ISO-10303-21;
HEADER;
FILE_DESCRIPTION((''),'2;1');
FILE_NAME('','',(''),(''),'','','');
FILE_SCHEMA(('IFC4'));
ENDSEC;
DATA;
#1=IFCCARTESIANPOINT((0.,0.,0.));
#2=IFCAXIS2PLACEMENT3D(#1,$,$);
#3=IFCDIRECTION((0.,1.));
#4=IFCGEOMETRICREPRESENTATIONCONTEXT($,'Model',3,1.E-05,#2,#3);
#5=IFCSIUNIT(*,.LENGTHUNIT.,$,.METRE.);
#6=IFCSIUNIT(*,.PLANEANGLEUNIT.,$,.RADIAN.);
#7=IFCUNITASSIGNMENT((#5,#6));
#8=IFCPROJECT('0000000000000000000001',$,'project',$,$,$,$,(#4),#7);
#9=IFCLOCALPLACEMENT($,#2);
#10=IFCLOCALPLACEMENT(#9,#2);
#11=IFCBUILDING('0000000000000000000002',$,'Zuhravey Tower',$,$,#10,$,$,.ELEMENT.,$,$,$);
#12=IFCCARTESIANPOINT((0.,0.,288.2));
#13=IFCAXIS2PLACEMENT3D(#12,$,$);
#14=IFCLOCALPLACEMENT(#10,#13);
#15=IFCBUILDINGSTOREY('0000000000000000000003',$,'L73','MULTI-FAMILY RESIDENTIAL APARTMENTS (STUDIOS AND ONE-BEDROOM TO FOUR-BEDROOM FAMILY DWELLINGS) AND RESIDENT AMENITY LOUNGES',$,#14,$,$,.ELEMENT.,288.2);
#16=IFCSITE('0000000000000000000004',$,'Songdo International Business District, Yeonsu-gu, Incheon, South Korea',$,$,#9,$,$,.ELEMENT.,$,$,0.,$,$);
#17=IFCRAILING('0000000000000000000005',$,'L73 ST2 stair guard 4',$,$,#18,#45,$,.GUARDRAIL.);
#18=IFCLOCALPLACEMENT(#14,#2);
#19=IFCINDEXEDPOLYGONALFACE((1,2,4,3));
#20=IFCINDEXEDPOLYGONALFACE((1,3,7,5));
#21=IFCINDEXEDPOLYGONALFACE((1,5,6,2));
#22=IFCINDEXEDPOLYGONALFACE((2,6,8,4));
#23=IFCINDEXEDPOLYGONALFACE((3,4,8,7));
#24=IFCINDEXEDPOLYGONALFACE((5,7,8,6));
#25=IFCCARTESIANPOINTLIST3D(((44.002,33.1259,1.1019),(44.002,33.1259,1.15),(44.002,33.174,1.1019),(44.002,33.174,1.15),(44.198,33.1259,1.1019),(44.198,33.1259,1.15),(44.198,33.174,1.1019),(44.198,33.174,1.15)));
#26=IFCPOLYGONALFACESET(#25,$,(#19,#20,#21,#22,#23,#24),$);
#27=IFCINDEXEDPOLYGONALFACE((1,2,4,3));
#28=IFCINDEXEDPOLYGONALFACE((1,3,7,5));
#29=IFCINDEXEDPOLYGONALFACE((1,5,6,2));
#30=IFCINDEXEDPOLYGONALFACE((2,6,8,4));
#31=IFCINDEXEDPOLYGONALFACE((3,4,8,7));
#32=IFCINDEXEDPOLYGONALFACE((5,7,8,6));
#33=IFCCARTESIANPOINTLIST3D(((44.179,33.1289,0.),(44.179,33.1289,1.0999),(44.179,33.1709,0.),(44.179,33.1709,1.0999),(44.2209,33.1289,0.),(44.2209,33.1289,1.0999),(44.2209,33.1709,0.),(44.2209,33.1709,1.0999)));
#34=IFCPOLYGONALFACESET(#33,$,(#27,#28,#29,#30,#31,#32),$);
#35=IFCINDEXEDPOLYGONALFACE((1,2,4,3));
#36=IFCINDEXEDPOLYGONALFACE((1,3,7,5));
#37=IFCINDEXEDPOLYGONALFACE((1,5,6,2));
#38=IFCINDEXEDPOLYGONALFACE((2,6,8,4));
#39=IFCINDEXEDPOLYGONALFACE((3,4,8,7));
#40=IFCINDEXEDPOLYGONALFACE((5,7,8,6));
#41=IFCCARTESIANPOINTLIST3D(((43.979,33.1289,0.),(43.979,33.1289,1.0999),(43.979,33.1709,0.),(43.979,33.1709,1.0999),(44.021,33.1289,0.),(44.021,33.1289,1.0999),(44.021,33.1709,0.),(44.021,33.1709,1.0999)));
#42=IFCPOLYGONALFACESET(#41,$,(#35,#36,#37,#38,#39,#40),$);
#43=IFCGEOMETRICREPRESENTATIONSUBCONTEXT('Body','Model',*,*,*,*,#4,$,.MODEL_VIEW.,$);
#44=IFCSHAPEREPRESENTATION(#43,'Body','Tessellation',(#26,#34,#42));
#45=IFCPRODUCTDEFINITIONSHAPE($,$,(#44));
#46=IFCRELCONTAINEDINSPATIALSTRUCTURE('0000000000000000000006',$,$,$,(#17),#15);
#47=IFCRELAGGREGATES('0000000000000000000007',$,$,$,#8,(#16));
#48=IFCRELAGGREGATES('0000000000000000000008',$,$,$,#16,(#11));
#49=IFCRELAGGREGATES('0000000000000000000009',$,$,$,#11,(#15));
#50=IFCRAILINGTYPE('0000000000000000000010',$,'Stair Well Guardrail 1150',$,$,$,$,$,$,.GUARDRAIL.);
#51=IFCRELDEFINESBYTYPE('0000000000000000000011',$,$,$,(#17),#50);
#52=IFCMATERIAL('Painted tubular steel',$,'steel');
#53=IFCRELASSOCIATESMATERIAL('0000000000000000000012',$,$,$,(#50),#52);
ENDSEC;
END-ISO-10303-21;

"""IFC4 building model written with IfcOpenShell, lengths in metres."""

from ifc_helpers import new_model, si_unit, direction, frame, origin, origin_2d, place, context, subcontext, project, spatial, rectangle, extrude, material, type_object, element, save


model = new_model("IFC4")

# Units and contexts
model_context = context("Model", 3, precision=1e-05, world=origin(), true_north=direction((0.0, 1.0)))
body_context = subcontext(model_context, "Body", "Model", "MODEL_VIEW")
ifc_project = project(units=[si_unit("LENGTHUNIT", "METRE"), si_unit("PLANEANGLEUNIT", "RADIAN")], contexts=[model_context])

# Site, building, storey
site_placement = place(None, origin())
site = spatial("IfcSite", under=ifc_project, at=site_placement, Name="Songdo International Business District, Yeonsu-gu, Incheon, South Korea", CompositionType="ELEMENT", RefElevation=0.0)
building_placement = place(site_placement, origin())
building = spatial("IfcBuilding", under=site, at=building_placement, Name="Zuhravey Tower", CompositionType="ELEMENT")
storey_placement = place(building_placement, frame((0.0, 0.0, 288.2)))
storey = spatial("IfcBuildingStorey", under=building, at=storey_placement, Name="L73", Description="MULTI-FAMILY RESIDENTIAL APARTMENTS (STUDIOS AND ONE-BEDROOM TO FOUR-BEDROOM FAMILY DWELLINGS) AND RESIDENT AMENITY LOUNGES", CompositionType="ELEMENT", Elevation=288.2)

# Railing
ifc_material_1 = material(Name="Painted tubular steel", Category="steel")
railing_type = type_object("IfcRailingType", Name="Stair Well Guardrail 1150", PredefinedType="GUARDRAIL", material=ifc_material_1)
railing_placement = place(storey_placement, frame((44.2, 33.1499, 0.0)))
element("IfcRailing", 1, at=railing_placement, inside=storey, type_object=railing_type, Name="L73 ST2 stair guard 4", PredefinedType="GUARDRAIL", context=body_context, shape_type="SweptSolid", body=[
    extrude(rectangle(XDim=0.0481, YDim=0.0481, at=origin_2d()), frame((-0.002, 0.0, 1.126), z_axis=(-1.0, 0.0, 0.0), x_axis=(0.0, -1.0, 0.0)), (0.0, 0.0, 1.0), 0.196),
    extrude(rectangle(XDim=0.042, YDim=0.042, at=origin_2d()), origin(), (0.0, 0.0, 1.0), 1.0999),
    extrude(rectangle(XDim=0.042, YDim=0.042, at=origin_2d()), frame((-0.2, 0.0, 0.0)), (0.0, 0.0, 1.0), 1.0999),
])

save(model, "model.ifc")
